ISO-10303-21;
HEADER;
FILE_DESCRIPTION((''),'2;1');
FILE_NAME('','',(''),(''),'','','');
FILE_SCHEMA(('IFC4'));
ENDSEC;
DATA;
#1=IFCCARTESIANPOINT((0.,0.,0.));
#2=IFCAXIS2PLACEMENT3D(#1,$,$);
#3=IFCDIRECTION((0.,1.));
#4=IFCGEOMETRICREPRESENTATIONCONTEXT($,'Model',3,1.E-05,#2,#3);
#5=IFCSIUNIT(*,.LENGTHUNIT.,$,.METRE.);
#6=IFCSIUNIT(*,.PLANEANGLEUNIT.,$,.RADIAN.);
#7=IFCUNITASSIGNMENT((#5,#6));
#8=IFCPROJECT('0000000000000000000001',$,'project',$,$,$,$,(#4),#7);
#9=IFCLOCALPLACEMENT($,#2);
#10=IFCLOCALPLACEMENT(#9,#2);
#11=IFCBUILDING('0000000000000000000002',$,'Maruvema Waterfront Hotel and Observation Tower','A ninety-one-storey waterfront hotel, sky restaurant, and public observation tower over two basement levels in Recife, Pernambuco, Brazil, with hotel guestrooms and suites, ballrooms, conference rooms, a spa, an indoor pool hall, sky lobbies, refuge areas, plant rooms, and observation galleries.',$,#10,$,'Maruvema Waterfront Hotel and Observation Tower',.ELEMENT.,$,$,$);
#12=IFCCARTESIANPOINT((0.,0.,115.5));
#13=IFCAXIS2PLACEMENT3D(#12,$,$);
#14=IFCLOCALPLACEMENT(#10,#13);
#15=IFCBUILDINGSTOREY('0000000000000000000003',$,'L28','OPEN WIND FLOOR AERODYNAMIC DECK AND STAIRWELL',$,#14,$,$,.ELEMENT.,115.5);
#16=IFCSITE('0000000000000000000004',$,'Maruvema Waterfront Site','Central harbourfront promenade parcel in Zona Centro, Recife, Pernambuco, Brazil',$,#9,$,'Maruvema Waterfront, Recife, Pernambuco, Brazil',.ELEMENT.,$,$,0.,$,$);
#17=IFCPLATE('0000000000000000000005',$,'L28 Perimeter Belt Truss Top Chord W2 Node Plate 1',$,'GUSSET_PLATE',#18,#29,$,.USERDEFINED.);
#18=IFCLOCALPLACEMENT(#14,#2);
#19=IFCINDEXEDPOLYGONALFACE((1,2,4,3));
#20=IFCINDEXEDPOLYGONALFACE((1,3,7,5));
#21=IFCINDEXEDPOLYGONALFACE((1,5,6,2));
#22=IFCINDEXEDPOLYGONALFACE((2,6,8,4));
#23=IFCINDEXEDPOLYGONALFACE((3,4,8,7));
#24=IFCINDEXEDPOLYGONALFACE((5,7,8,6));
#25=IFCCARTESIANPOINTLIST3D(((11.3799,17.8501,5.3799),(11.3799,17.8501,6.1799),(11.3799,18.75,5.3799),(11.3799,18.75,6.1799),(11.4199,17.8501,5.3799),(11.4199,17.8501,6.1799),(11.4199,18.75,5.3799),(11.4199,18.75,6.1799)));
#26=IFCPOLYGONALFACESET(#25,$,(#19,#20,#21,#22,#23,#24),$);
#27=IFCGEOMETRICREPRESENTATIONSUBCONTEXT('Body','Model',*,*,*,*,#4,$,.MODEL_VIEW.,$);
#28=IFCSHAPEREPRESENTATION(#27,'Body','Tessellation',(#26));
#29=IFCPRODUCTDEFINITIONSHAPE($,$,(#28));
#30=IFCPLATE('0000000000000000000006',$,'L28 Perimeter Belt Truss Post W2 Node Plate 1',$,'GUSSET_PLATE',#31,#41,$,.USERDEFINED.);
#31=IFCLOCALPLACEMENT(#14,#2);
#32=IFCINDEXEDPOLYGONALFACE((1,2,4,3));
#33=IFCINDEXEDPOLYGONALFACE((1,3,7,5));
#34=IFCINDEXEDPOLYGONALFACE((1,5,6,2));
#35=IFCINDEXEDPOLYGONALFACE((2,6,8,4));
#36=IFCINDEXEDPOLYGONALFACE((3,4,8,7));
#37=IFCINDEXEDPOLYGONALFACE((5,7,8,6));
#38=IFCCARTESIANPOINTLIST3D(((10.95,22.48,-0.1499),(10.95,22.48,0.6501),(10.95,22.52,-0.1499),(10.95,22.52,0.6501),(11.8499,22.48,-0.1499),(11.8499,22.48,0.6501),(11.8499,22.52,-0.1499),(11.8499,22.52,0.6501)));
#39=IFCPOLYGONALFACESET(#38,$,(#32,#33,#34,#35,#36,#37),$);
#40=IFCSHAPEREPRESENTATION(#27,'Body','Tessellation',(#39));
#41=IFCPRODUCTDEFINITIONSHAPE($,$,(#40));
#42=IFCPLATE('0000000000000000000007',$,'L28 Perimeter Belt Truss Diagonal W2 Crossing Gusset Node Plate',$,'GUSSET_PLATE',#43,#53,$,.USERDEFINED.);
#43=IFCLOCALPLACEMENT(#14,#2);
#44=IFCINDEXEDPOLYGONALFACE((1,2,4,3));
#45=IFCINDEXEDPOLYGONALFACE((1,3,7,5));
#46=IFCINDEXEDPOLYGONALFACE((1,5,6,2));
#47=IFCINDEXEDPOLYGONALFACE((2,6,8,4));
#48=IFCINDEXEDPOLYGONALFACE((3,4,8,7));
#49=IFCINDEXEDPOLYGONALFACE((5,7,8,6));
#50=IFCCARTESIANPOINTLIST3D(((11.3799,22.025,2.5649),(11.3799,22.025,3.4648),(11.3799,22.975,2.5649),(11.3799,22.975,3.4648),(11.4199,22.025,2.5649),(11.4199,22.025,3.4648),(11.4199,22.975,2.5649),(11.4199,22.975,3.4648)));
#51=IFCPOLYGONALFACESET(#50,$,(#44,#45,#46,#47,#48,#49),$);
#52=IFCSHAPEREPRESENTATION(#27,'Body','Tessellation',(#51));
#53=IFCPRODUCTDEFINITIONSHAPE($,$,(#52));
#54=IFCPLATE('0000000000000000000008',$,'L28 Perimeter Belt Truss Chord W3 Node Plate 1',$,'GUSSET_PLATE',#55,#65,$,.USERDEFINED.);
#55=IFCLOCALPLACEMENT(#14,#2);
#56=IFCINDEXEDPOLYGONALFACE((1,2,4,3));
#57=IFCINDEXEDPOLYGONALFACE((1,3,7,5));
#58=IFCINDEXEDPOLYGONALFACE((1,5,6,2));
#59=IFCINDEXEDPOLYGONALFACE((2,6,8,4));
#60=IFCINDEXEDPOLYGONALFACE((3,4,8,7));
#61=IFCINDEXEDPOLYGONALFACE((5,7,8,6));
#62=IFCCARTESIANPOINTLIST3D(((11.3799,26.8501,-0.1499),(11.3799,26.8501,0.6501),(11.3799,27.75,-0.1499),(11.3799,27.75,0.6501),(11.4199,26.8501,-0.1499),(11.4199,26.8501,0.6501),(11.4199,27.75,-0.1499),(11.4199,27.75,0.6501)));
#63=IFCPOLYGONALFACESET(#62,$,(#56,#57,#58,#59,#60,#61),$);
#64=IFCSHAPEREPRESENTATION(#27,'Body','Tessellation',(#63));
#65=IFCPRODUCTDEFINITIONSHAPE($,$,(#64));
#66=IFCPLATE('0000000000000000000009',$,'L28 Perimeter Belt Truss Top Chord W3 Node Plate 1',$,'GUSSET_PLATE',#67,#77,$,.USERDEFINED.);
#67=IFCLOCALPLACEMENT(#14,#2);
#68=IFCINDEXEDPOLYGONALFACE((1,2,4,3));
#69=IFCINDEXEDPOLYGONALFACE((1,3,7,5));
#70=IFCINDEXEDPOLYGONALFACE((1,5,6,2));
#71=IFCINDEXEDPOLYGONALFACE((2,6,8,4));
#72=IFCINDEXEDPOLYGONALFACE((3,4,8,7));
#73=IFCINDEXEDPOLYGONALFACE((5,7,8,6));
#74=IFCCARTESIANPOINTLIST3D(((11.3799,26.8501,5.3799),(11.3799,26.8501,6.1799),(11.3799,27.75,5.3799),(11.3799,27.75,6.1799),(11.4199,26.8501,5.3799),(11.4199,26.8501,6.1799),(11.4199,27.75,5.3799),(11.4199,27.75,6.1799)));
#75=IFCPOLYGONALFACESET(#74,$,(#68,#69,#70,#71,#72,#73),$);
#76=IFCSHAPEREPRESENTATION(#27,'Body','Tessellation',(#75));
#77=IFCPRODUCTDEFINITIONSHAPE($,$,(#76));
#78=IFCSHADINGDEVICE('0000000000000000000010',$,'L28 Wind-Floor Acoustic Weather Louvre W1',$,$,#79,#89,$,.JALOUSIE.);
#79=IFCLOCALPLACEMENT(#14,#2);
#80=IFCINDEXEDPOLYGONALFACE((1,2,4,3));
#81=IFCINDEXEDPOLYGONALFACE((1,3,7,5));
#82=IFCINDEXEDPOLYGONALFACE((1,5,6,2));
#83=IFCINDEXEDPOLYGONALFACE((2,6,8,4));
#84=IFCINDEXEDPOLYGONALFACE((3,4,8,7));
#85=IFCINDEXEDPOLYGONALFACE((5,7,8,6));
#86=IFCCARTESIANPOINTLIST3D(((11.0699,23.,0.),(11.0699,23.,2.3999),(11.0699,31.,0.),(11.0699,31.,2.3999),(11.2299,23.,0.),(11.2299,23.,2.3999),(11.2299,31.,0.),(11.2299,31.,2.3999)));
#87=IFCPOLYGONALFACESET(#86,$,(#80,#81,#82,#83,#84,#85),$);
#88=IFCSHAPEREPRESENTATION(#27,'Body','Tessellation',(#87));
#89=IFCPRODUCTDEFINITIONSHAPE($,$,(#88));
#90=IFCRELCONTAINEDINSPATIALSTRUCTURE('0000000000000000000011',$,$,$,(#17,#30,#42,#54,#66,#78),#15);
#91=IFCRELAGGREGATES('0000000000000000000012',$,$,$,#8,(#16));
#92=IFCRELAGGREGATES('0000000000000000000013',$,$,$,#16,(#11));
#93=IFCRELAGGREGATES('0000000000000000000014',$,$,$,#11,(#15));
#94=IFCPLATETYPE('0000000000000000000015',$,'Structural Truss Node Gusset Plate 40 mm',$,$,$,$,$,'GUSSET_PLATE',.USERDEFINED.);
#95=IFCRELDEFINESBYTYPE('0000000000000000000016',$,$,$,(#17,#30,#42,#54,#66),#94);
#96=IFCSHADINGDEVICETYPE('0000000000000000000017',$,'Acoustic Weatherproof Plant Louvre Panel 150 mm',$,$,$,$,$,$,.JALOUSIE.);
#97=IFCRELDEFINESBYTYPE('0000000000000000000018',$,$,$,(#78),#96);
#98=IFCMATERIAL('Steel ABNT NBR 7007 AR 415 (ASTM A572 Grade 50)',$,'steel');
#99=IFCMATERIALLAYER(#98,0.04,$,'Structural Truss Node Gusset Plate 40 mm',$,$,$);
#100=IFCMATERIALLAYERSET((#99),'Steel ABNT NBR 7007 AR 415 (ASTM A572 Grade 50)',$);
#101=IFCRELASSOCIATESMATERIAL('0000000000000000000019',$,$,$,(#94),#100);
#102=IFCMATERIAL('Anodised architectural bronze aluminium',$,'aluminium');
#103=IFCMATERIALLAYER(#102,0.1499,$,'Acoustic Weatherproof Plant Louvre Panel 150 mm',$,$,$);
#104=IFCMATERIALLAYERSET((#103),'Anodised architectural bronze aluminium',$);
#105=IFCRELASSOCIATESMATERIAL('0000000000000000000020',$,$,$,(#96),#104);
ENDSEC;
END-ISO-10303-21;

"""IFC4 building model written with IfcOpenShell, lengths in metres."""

from ifc_helpers import new_model, si_unit, direction, frame, origin, origin_2d, place, context, subcontext, project, spatial, rectangle, extrude, material, layer, layer_set, type_object, element, save


model = new_model("IFC4")

# Units and contexts
model_context = context("Model", 3, precision=1e-05, world=origin(), true_north=direction((0.0, 1.0)))
body_context = subcontext(model_context, "Body", "Model", "MODEL_VIEW")
ifc_project = project(units=[si_unit("LENGTHUNIT", "METRE"), si_unit("PLANEANGLEUNIT", "RADIAN")], contexts=[model_context])

# Site, building, storey
site_placement = place(None, origin())
site = spatial("IfcSite", under=ifc_project, at=site_placement, Name="Maruvema Waterfront Site", Description="Central harbourfront promenade parcel in Zona Centro, Recife, Pernambuco, Brazil", LongName="Maruvema Waterfront, Recife, Pernambuco, Brazil", CompositionType="ELEMENT", RefElevation=0.0)
building_placement = place(site_placement, origin())
building = spatial("IfcBuilding", under=site, at=building_placement, Name="Maruvema Waterfront Hotel and Observation Tower", Description="A ninety-one-storey waterfront hotel, sky restaurant, and public observation tower over two basement levels in Recife, Pernambuco, Brazil, with hotel guestrooms and suites, ballrooms, conference rooms, a spa, an indoor pool hall, sky lobbies, refuge areas, plant rooms, and observation galleries.", LongName="Maruvema Waterfront Hotel and Observation Tower", CompositionType="ELEMENT")
storey_placement = place(building_placement, frame((0.0, 0.0, 115.5)))
storey = spatial("IfcBuildingStorey", under=building, at=storey_placement, Name="L28", Description="OPEN WIND FLOOR AERODYNAMIC DECK AND STAIRWELL", CompositionType="ELEMENT", Elevation=115.5)

# Plates
ifc_material_1 = material(Name="Steel ABNT NBR 7007 AR 415 (ASTM A572 Grade 50)", Category="steel")
ifc_layer_1 = layer(ifc_material_1, 0.04, Name="Structural Truss Node Gusset Plate 40 mm")
ifc_layer_set_1 = layer_set([ifc_layer_1], Name="Steel ABNT NBR 7007 AR 415 (ASTM A572 Grade 50)")
plate_type_1 = type_object("IfcPlateType", Name="Structural Truss Node Gusset Plate 40 mm", ElementType="GUSSET_PLATE", PredefinedType="USERDEFINED", material=ifc_layer_set_1)
for number, where, z_axis, x_axis, name in (
    (1, (11.3999, 18.3, 5.3799), (0.0, 0.0, 1.0), (0.0, 1.0, 0.0), "L28 Perimeter Belt Truss Top Chord W2 Node Plate 1"),
    (2, (11.3999, 22.5, -0.1499), (0.0, 0.0, 1.0), (1.0, 0.0, 0.0), "L28 Perimeter Belt Truss Post W2 Node Plate 1"),
):
    element("IfcPlate", number, at=place(storey_placement, frame(where, z_axis=z_axis, x_axis=x_axis)), inside=storey, type_object=plate_type_1, Name=name, ObjectType="GUSSET_PLATE", PredefinedType="USERDEFINED", context=body_context, shape_type="SweptSolid", body=[
        extrude(rectangle(XDim=0.8999, YDim=0.04, at=origin_2d()), origin(), (0.0, 0.0, 1.0), 0.8),
    ])
plate_placement = place(storey_placement, frame((11.3999, 22.5, 2.5649), z_axis=(0.0, 0.0, 1.0), x_axis=(0.0, -1.0, 0.0)))
element("IfcPlate", 3, at=plate_placement, inside=storey, type_object=plate_type_1, Name="L28 Perimeter Belt Truss Diagonal W2 Crossing Gusset Node Plate", ObjectType="GUSSET_PLATE", PredefinedType="USERDEFINED", context=body_context, shape_type="SweptSolid", body=[
    extrude(rectangle(XDim=0.95, YDim=0.04, at=origin_2d()), origin(), (0.0, 0.0, 1.0), 0.8999),
])
for number, where, z_axis, x_axis, name in (
    (4, (11.3999, 27.3, -0.1499), (0.0, 0.0, 1.0), (0.0, 1.0, 0.0), "L28 Perimeter Belt Truss Chord W3 Node Plate 1"),
    (5, (11.3999, 27.3, 5.3799), (0.0, 0.0, 1.0), (0.0, 1.0, 0.0), "L28 Perimeter Belt Truss Top Chord W3 Node Plate 1"),
):
    element("IfcPlate", number, at=place(storey_placement, frame(where, z_axis=z_axis, x_axis=x_axis)), inside=storey, type_object=plate_type_1, Name=name, ObjectType="GUSSET_PLATE", PredefinedType="USERDEFINED", context=body_context, shape_type="SweptSolid", body=[
        extrude(rectangle(XDim=0.8999, YDim=0.04, at=origin_2d()), origin(), (0.0, 0.0, 1.0), 0.8),
    ])

# Shading device
ifc_material_2 = material(Name="Anodised architectural bronze aluminium", Category="aluminium")
ifc_layer_2 = layer(ifc_material_2, 0.1499, Name="Acoustic Weatherproof Plant Louvre Panel 150 mm")
ifc_layer_set_2 = layer_set([ifc_layer_2], Name="Anodised architectural bronze aluminium")
shading_device_type = type_object("IfcShadingDeviceType", Name="Acoustic Weatherproof Plant Louvre Panel 150 mm", PredefinedType="JALOUSIE", material=ifc_layer_set_2)
shading_device_placement = place(storey_placement, frame((11.1499, 27.0, 0.0), z_axis=(0.0, 0.0, 1.0), x_axis=(0.0, 1.0, 0.0)))
element("IfcShadingDevice", 6, at=shading_device_placement, inside=storey, type_object=shading_device_type, Name="L28 Wind-Floor Acoustic Weather Louvre W1", PredefinedType="JALOUSIE", context=body_context, shape_type="SweptSolid", body=[
    extrude(rectangle(XDim=8.0, YDim=0.1599, at=origin_2d()), origin(), (0.0, 0.0, 1.0), 2.3999),
])

save(model, "model.ifc")
